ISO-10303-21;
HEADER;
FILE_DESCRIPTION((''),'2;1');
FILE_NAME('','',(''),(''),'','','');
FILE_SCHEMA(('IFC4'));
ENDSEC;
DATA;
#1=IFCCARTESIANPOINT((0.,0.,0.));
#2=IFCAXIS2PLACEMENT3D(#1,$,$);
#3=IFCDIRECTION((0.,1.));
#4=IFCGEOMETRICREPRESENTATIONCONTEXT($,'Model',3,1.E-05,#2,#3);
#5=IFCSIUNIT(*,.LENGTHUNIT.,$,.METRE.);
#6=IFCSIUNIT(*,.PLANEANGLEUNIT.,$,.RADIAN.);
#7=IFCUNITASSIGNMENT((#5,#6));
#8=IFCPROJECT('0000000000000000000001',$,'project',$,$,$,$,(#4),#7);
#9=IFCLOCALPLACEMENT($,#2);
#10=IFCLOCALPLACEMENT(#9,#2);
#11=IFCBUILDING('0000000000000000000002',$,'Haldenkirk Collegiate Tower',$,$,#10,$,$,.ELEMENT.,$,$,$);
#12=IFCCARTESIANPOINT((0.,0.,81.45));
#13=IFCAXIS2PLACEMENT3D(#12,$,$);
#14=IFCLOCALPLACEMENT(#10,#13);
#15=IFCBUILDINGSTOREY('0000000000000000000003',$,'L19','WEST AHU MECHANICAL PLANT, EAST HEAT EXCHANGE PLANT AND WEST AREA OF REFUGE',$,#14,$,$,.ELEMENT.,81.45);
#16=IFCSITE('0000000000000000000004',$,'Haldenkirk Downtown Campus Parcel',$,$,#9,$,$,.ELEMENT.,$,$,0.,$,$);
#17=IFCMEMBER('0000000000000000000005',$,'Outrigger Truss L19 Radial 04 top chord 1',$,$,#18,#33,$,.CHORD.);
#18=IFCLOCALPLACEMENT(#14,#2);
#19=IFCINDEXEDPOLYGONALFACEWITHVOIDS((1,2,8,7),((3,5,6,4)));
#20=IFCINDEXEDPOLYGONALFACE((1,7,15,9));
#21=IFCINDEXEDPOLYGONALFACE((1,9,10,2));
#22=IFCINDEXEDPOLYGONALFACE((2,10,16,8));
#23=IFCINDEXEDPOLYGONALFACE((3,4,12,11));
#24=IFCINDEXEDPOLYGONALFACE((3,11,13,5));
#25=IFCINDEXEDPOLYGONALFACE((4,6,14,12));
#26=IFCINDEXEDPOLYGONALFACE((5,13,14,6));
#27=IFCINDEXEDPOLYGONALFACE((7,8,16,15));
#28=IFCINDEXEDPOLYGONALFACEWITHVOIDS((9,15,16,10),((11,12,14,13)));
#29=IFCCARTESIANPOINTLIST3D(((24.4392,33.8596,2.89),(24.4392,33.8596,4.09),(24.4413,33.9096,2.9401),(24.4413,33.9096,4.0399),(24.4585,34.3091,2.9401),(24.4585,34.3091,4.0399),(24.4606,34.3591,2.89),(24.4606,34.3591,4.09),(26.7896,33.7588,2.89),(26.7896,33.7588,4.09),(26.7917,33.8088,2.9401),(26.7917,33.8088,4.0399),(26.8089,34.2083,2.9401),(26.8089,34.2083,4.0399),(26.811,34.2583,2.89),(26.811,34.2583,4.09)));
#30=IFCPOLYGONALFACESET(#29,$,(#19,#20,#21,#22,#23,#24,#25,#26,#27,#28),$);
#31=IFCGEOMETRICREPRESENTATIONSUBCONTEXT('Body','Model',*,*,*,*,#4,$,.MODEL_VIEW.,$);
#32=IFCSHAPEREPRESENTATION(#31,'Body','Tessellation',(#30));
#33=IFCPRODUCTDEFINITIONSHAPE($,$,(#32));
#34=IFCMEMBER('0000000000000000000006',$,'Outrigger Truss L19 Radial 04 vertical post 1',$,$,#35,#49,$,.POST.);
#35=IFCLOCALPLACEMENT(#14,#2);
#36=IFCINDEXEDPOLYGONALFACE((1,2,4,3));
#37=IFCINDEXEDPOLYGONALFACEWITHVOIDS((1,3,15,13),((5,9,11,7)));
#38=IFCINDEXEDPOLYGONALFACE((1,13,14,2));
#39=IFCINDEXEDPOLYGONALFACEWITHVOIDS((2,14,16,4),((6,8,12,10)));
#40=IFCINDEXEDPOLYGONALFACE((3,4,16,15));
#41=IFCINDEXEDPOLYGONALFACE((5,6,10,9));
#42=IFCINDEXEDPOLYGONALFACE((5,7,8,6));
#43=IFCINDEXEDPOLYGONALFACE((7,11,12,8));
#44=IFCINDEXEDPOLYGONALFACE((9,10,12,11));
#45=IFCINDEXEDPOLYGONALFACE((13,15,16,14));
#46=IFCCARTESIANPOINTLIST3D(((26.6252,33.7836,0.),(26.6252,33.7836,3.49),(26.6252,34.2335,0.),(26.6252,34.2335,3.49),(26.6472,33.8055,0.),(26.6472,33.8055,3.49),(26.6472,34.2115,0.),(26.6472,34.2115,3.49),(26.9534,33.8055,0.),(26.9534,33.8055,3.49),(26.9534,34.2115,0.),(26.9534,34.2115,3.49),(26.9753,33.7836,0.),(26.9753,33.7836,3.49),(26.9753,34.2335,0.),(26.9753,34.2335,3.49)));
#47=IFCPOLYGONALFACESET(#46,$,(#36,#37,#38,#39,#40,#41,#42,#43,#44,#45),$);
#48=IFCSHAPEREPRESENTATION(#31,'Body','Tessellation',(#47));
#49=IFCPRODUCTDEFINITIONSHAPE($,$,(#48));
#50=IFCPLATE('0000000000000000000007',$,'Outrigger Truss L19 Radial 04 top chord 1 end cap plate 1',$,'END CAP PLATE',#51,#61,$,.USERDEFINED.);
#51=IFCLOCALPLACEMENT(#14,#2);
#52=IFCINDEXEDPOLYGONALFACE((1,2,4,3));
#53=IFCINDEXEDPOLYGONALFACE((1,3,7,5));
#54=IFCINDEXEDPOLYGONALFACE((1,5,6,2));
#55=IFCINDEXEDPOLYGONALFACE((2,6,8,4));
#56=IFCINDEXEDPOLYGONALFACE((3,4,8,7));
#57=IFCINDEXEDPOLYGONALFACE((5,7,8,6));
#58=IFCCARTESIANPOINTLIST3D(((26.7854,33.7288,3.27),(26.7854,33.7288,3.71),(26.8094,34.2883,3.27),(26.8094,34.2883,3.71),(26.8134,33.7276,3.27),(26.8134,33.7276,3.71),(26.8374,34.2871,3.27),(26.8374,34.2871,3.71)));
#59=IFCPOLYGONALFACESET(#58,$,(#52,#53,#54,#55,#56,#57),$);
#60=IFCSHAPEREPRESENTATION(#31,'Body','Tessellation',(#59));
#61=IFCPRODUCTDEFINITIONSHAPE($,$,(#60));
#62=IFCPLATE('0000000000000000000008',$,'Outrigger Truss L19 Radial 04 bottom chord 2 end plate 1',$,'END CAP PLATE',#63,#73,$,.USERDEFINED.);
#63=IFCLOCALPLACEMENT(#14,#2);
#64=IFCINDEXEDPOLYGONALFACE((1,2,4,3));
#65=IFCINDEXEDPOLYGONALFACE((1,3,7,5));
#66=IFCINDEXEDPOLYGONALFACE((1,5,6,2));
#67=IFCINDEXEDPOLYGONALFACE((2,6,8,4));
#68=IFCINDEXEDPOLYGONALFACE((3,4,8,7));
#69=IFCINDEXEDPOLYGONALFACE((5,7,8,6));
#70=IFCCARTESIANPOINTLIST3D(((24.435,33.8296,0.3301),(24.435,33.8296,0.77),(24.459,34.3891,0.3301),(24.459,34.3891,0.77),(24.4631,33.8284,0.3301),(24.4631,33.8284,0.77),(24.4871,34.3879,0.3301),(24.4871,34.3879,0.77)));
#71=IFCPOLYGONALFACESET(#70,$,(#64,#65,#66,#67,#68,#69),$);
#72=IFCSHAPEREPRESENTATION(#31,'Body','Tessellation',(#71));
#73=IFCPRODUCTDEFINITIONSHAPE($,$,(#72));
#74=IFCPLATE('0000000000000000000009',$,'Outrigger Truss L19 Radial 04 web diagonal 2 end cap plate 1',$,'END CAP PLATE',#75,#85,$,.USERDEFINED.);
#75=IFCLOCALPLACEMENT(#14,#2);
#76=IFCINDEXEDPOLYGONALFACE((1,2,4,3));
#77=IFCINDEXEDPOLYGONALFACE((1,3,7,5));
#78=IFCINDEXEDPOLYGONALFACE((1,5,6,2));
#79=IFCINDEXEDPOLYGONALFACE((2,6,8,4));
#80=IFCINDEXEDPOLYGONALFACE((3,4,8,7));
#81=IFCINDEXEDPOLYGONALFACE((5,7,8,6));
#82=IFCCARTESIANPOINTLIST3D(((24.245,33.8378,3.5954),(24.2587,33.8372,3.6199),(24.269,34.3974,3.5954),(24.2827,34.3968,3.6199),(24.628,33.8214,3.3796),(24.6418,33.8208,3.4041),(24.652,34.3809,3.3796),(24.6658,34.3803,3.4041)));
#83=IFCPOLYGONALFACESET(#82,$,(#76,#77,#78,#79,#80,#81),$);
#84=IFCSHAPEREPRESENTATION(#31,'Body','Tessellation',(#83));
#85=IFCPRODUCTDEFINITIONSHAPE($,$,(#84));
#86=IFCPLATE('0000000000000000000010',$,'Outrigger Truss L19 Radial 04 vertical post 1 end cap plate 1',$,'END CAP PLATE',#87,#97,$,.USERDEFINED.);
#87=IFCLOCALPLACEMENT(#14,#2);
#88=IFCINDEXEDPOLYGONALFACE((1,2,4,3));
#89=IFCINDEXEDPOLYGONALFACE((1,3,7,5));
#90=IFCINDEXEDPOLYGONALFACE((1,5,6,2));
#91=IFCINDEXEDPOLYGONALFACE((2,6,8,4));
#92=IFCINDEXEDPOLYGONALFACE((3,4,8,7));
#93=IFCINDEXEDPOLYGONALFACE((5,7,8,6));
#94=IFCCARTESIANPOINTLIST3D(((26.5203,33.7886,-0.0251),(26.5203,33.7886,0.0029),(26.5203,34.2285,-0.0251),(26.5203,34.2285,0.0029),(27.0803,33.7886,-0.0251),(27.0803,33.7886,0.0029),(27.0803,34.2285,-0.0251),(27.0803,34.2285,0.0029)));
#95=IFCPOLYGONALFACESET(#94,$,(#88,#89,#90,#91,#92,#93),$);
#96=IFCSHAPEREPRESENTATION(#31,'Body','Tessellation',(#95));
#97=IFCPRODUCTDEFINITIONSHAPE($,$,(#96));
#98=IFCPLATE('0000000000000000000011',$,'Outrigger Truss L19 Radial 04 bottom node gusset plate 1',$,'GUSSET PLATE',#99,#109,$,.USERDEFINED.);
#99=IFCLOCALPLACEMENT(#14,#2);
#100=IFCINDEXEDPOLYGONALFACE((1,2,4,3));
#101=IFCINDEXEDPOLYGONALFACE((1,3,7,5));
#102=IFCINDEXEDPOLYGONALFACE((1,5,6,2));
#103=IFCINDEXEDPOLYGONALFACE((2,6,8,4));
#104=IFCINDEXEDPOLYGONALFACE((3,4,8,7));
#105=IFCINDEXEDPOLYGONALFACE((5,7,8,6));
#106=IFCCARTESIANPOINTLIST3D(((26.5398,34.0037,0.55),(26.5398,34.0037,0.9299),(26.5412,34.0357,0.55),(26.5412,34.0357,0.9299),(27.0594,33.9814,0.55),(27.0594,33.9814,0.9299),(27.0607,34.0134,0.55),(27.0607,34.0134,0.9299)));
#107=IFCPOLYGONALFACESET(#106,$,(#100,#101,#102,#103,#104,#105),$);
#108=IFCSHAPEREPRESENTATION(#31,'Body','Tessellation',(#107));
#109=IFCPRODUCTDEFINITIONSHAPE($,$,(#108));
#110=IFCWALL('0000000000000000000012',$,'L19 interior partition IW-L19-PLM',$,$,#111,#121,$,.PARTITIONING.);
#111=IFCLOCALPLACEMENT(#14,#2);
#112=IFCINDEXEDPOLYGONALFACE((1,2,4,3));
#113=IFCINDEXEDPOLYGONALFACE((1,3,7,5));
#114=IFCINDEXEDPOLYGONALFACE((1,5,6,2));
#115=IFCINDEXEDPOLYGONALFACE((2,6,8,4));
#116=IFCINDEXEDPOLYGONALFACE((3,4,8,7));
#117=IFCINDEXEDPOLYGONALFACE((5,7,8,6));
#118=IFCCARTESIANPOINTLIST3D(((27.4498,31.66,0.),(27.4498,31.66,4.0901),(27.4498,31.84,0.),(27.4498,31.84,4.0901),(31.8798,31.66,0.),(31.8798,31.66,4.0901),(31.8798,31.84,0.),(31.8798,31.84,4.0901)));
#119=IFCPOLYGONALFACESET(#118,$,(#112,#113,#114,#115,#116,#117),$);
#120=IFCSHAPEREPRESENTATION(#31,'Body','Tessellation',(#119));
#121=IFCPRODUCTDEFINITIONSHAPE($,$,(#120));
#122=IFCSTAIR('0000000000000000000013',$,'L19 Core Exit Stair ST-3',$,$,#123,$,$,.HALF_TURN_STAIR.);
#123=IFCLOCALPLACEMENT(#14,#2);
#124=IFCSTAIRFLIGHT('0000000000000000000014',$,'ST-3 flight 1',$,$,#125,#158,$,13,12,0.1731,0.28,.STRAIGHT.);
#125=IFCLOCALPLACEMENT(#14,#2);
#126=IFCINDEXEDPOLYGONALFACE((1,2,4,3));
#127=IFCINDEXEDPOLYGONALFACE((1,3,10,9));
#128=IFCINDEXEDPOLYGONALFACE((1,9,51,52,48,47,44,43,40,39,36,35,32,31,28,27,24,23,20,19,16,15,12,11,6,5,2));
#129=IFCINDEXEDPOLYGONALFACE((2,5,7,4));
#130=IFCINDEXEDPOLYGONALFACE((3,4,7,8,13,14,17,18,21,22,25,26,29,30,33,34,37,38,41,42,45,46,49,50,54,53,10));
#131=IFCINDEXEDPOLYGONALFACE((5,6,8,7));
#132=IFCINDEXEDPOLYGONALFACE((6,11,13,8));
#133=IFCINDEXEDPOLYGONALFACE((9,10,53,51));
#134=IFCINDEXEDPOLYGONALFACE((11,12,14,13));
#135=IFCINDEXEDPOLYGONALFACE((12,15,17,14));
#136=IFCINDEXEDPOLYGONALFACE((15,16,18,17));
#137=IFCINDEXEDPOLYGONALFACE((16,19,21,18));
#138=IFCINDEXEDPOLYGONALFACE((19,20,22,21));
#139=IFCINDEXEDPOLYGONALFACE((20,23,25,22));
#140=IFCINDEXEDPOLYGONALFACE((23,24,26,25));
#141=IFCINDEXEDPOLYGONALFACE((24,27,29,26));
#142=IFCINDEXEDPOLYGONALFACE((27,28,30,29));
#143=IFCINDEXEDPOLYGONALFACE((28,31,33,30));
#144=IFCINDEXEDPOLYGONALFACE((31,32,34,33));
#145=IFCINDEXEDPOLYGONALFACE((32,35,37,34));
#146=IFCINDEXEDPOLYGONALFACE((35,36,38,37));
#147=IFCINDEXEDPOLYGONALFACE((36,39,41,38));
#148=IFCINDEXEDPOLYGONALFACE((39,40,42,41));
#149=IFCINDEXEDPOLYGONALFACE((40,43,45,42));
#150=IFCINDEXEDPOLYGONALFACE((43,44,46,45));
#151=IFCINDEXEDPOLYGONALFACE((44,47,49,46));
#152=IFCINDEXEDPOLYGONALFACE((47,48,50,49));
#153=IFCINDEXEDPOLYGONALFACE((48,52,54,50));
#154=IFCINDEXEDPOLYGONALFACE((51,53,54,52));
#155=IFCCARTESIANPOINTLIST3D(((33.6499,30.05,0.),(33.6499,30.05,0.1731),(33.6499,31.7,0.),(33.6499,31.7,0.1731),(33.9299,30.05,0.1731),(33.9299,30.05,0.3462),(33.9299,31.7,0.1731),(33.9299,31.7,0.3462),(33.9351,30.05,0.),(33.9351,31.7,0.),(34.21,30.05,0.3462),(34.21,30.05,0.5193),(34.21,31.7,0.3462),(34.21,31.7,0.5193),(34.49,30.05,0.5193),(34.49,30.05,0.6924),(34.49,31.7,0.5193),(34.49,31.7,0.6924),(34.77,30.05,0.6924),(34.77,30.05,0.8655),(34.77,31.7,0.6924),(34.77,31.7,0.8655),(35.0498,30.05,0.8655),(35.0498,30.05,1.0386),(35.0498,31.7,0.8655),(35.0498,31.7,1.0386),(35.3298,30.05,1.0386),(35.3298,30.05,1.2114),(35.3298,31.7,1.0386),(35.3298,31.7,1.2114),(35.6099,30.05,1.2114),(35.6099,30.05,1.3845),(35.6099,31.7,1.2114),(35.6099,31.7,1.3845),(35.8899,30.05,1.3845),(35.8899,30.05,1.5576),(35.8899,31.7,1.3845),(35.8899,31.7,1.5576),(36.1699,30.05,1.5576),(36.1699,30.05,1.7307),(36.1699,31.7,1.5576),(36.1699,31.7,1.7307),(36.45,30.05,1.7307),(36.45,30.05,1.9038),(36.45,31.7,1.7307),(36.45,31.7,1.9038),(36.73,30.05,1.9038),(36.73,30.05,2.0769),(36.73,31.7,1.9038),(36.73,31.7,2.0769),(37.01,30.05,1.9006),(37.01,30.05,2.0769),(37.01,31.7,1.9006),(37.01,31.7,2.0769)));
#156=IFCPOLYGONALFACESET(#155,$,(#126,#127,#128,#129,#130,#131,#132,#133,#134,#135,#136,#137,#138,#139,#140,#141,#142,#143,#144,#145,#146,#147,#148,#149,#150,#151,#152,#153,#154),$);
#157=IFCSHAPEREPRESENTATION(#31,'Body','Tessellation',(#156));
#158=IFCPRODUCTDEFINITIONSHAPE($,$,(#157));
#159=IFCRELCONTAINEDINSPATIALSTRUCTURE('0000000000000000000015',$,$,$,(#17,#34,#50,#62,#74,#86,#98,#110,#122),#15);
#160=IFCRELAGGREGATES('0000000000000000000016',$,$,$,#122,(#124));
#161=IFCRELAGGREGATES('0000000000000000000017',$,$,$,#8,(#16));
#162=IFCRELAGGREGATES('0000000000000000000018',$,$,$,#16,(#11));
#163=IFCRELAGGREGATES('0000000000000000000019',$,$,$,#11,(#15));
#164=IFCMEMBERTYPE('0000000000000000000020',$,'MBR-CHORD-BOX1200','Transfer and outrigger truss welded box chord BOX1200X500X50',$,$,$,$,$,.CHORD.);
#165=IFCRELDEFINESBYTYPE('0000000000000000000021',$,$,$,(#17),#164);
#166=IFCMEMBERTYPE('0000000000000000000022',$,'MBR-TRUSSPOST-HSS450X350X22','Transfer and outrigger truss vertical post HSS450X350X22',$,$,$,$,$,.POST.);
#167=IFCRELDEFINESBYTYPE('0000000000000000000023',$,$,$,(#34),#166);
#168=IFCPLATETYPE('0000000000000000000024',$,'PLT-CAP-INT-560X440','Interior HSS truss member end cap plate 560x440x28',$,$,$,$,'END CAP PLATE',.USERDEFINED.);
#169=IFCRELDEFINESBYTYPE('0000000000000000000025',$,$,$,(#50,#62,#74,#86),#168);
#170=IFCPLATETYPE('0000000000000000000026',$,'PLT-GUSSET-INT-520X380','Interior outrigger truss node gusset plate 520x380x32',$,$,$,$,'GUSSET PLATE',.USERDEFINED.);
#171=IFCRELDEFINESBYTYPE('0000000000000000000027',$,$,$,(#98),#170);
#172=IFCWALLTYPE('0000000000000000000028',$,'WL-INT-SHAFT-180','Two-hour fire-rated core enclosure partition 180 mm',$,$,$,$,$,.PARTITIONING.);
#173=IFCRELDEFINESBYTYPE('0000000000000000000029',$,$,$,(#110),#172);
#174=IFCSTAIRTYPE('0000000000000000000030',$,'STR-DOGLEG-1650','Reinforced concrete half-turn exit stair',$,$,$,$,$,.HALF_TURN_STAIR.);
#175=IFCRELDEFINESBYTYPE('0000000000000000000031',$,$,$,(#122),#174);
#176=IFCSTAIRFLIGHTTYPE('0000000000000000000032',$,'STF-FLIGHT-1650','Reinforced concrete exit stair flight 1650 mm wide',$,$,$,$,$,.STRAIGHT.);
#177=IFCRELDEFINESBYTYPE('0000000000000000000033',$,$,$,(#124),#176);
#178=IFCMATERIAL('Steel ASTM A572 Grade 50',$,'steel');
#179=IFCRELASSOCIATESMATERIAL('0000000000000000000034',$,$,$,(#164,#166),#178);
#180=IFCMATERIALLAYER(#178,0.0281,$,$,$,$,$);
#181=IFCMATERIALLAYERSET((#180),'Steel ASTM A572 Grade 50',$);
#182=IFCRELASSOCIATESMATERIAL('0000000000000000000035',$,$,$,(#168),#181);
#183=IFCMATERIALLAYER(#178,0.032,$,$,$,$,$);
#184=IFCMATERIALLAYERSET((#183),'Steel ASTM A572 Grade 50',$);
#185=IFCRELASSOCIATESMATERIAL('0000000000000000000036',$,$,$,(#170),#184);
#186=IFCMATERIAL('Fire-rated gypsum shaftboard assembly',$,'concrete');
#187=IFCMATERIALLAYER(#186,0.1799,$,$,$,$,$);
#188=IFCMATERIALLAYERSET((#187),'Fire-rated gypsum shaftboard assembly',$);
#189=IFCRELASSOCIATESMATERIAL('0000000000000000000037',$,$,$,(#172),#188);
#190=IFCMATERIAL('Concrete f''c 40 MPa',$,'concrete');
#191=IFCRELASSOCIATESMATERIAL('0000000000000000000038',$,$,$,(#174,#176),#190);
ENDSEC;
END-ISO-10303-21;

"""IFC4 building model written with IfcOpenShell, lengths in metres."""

from ifc_helpers import new_model, si_unit, direction, frame, frame_2d, origin, origin_2d, place, context, subcontext, project, spatial, polyline, rectangle, hollow_rectangle, outline, extrude, source, transform, mapped, material, layer, layer_set, material_profile, profile_set, type_object, element, aggregate, save


model = new_model("IFC4")

# Units and contexts
model_context = context("Model", 3, precision=1e-05, world=origin(), true_north=direction((0.0, 1.0)))
body_context = subcontext(model_context, "Body", "Model", "MODEL_VIEW")
ifc_project = project(units=[si_unit("LENGTHUNIT", "METRE"), si_unit("PLANEANGLEUNIT", "RADIAN")], contexts=[model_context])

# Site, building, storey
site_placement = place(None, origin())
site = spatial("IfcSite", under=ifc_project, at=site_placement, Name="Haldenkirk Downtown Campus Parcel", CompositionType="ELEMENT", RefElevation=0.0)
building_placement = place(site_placement, origin())
building = spatial("IfcBuilding", under=site, at=building_placement, Name="Haldenkirk Collegiate Tower", CompositionType="ELEMENT")
storey_placement = place(building_placement, frame((0.0, 0.0, 81.45)))
storey = spatial("IfcBuildingStorey", under=building, at=storey_placement, Name="L19", Description="WEST AHU MECHANICAL PLANT, EAST HEAT EXCHANGE PLANT AND WEST AREA OF REFUGE", CompositionType="ELEMENT", Elevation=81.45)

# Members
ifc_material_1 = material(Name="Steel ASTM A572 Grade 50", Category="steel")
ifc_material_profile_1 = material_profile(ifc_material_1, hollow_rectangle(XDim=0.5, YDim=1.2, WallThickness=0.05, at=origin_2d()), Name="BOX1200X500X50")
ifc_profile_set_1 = profile_set([ifc_material_profile_1], Name="Steel ASTM A572 Grade 50")
member_type_1 = type_object("IfcMemberType", Name="MBR-CHORD-BOX1200", Description="Transfer and outrigger truss welded box chord BOX1200X500X50", PredefinedType="CHORD", material=ifc_profile_set_1)
member_1_placement = place(storey_placement, frame((26.8003, 34.0085, 3.49), z_axis=(-0.999081, 0.042861, 0.0), x_axis=(-0.042861, -0.999081, 0.0)))
element("IfcMember", 1, at=member_1_placement, inside=storey, type_object=member_type_1, Name="Outrigger Truss L19 Radial 04 top chord 1", PredefinedType="CHORD", context=body_context, shape_type="SweptSolid", body=[
    extrude(hollow_rectangle(XDim=0.5, YDim=1.2, WallThickness=0.05, at=origin_2d()), origin(), (0.0, 0.0, 1.0), 2.3525),
])
ifc_material_profile_2 = material_profile(ifc_material_1, hollow_rectangle(XDim=0.3501, YDim=0.45, WallThickness=0.022, at=origin_2d()), Name="HSS450X350X22")
ifc_profile_set_2 = profile_set([ifc_material_profile_2], Name="Steel ASTM A572 Grade 50")
member_type_2 = type_object("IfcMemberType", Name="MBR-TRUSSPOST-HSS450X350X22", Description="Transfer and outrigger truss vertical post HSS450X350X22", PredefinedType="POST", material=ifc_profile_set_2)
member_2_placement = place(storey_placement, frame((26.8003, 34.0085, 0.0), z_axis=(0.0, 0.0, 1.0), x_axis=(1.0, 0.0, 0.0)))
element("IfcMember", 2, at=member_2_placement, inside=storey, type_object=member_type_2, Name="Outrigger Truss L19 Radial 04 vertical post 1", PredefinedType="POST", context=body_context, shape_type="SweptSolid", body=[
    extrude(hollow_rectangle(XDim=0.3501, YDim=0.45, WallThickness=0.022, at=origin_2d()), origin(), (0.0, 0.0, 1.0), 3.49),
])

# Plates
ifc_layer_1 = layer(ifc_material_1, 0.0281)
ifc_layer_set_1 = layer_set([ifc_layer_1], Name="Steel ASTM A572 Grade 50")
plate_type_1 = type_object("IfcPlateType", Name="PLT-CAP-INT-560X440", Description="Interior HSS truss member end cap plate 560x440x28", ElementType="END CAP PLATE", PredefinedType="USERDEFINED", material=ifc_layer_set_1)
shared_shape_1 = source(origin(), body_context, "Body", "SweptSolid", [
    extrude(rectangle(XDim=0.5601, YDim=0.4399, at=origin_2d()), origin(), (0.0, 0.0, 1.0), 0.0281),
])
for number, where, z_axis, x_axis, name in (
    (3, (26.7974, 34.0085, 3.49), (0.999081, -0.042851, 0.0), (0.042851, 0.999081, 0.0), "Outrigger Truss L19 Radial 04 top chord 1 end cap plate 1"),
    (4, (24.447, 34.1094, 0.55), (0.999082, -0.042834, 0.0), (0.042834, 0.999082, 0.0), "Outrigger Truss L19 Radial 04 bottom chord 2 end plate 1"),
    (5, (24.4485, 34.1094, 3.4875), (0.490074, -0.021015, 0.871427), (0.042842, 0.999082, 0.0), "Outrigger Truss L19 Radial 04 web diagonal 2 end cap plate 1"),
    (6, (26.8003, 34.0085, 0.0029), (0.0, 0.0, -1.0), (1.0, 0.0, 0.0), "Outrigger Truss L19 Radial 04 vertical post 1 end cap plate 1"),
):
    element("IfcPlate", number, at=place(storey_placement, frame(where, z_axis=z_axis, x_axis=x_axis)), inside=storey, type_object=plate_type_1, Name=name, ObjectType="END CAP PLATE", PredefinedType="USERDEFINED", context=body_context, shape_type="MappedRepresentation", body=[
        mapped(shared_shape_1, transform((0.0, 0.0, 0.0), x_axis=(1.0, 0.0, 0.0), y_axis=(0.0, 1.0, 0.0), z_axis=(0.0, 0.0, 1.0), scale=1.0)),
    ])
ifc_layer_2 = layer(ifc_material_1, 0.032)
ifc_layer_set_2 = layer_set([ifc_layer_2], Name="Steel ASTM A572 Grade 50")
plate_type_2 = type_object("IfcPlateType", Name="PLT-GUSSET-INT-520X380", Description="Interior outrigger truss node gusset plate 520x380x32", ElementType="GUSSET PLATE", PredefinedType="USERDEFINED", material=ifc_layer_set_2)
shared_shape_2 = source(origin(), body_context, "Body", "SweptSolid", [
    extrude(rectangle(XDim=0.52, YDim=0.032, at=origin_2d()), origin(), (0.0, 0.0, 1.0), 0.3799),
])
plate_placement = place(storey_placement, frame((26.8003, 34.0085, 0.55), z_axis=(0.0, 0.0, 1.0), x_axis=(-0.999082, 0.042834, 0.0)))
element("IfcPlate", 7, at=plate_placement, inside=storey, type_object=plate_type_2, Name="Outrigger Truss L19 Radial 04 bottom node gusset plate 1", ObjectType="GUSSET PLATE", PredefinedType="USERDEFINED", context=body_context, shape_type="MappedRepresentation", body=[
    mapped(shared_shape_2, transform((0.0, 0.0, 0.0), x_axis=(1.0, 0.0, 0.0), y_axis=(0.0, 1.0, 0.0), z_axis=(0.0, 0.0, 1.0), scale=1.0)),
])

# Wall
ifc_material_2 = material(Name="Fire-rated gypsum shaftboard assembly", Category="concrete")
ifc_layer_3 = layer(ifc_material_2, 0.1799)
ifc_layer_set_3 = layer_set([ifc_layer_3], Name="Fire-rated gypsum shaftboard assembly")
wall_type_1 = type_object("IfcWallType", Name="WL-INT-SHAFT-180", Description="Two-hour fire-rated core enclosure partition 180 mm", PredefinedType="PARTITIONING", material=ifc_layer_set_3)
wall_1_placement = place(storey_placement, frame((27.45, 31.75, 0.0), z_axis=(0.0, 0.0, 1.0), x_axis=(1.0, 0.0, 0.0)))
element("IfcWall", 8, at=wall_1_placement, inside=storey, type_object=wall_type_1, Name="L19 interior partition IW-L19-PLM", PredefinedType="PARTITIONING", context=body_context, shape_type="SweptSolid", body=[
    extrude(rectangle(XDim=4.4299, YDim=0.1799, at=frame_2d((2.2148, 0.0))), origin(), (0.0, 0.0, 1.0), 4.0901),
])

# Stair, stair flight
ifc_material_3 = material(Name="Concrete f'c 40 MPa", Category="concrete")
stair_type = type_object("IfcStairType", Name="STR-DOGLEG-1650", Description="Reinforced concrete half-turn exit stair", PredefinedType="HALF_TURN_STAIR", material=ifc_material_3)
stair_placement = place(storey_placement, origin())
stair = element("IfcStair", 9, at=stair_placement, inside=storey, type_object=stair_type, Name="L19 Core Exit Stair ST-3", PredefinedType="HALF_TURN_STAIR")
stair_flight_type = type_object("IfcStairFlightType", Name="STF-FLIGHT-1650", Description="Reinforced concrete exit stair flight 1650 mm wide", PredefinedType="STRAIGHT", material=ifc_material_3)
stair_flight_placement = place(storey_placement, frame((33.6499, 30.875, 0.0), z_axis=(0.0, 0.0, 1.0), x_axis=(1.0, 0.0, 0.0)))
stair_flight = element("IfcStairFlight", 10, at=stair_flight_placement, type_object=stair_flight_type, Name="ST-3 flight 1", NumberOfRisers=13, NumberOfTreads=12, PredefinedType="STRAIGHT", RiserHeight=0.1731, TreadLength=0.28, context=body_context, shape_type="SweptSolid", body=[
    extrude(outline(polyline([(0.0, 0.0), (0.0, 0.1731), (0.28, 0.1731), (0.28, 0.3462), (0.5601, 0.3462), (0.5601, 0.5193), (0.8401, 0.5193), (0.8401, 0.6924), (1.1201, 0.6924), (1.1201, 0.8655), (1.3999, 0.8655), (1.3999, 1.0386), (1.6799, 1.0386), (1.6799, 1.2114), (1.96, 1.2114), (1.96, 1.3845), (2.24, 1.3845), (2.24, 1.5576), (2.52, 1.5576), (2.52, 1.7307), (2.8, 1.7307), (2.8, 1.9038), (3.0801, 1.9038), (3.0801, 2.0769), (3.3601, 2.0769), (3.3601, 2.25), (3.3601, 1.9006), (0.2852, 0.0), (0.0, 0.0)])), frame((0.0, 0.825, 0.0), z_axis=(0.0, -1.0, 0.0), x_axis=(1.0, 0.0, 0.0)), (0.0, 0.0, 1.0), 1.6499),
])
aggregate(stair, [stair_flight])

save(model, "model.ifc")
